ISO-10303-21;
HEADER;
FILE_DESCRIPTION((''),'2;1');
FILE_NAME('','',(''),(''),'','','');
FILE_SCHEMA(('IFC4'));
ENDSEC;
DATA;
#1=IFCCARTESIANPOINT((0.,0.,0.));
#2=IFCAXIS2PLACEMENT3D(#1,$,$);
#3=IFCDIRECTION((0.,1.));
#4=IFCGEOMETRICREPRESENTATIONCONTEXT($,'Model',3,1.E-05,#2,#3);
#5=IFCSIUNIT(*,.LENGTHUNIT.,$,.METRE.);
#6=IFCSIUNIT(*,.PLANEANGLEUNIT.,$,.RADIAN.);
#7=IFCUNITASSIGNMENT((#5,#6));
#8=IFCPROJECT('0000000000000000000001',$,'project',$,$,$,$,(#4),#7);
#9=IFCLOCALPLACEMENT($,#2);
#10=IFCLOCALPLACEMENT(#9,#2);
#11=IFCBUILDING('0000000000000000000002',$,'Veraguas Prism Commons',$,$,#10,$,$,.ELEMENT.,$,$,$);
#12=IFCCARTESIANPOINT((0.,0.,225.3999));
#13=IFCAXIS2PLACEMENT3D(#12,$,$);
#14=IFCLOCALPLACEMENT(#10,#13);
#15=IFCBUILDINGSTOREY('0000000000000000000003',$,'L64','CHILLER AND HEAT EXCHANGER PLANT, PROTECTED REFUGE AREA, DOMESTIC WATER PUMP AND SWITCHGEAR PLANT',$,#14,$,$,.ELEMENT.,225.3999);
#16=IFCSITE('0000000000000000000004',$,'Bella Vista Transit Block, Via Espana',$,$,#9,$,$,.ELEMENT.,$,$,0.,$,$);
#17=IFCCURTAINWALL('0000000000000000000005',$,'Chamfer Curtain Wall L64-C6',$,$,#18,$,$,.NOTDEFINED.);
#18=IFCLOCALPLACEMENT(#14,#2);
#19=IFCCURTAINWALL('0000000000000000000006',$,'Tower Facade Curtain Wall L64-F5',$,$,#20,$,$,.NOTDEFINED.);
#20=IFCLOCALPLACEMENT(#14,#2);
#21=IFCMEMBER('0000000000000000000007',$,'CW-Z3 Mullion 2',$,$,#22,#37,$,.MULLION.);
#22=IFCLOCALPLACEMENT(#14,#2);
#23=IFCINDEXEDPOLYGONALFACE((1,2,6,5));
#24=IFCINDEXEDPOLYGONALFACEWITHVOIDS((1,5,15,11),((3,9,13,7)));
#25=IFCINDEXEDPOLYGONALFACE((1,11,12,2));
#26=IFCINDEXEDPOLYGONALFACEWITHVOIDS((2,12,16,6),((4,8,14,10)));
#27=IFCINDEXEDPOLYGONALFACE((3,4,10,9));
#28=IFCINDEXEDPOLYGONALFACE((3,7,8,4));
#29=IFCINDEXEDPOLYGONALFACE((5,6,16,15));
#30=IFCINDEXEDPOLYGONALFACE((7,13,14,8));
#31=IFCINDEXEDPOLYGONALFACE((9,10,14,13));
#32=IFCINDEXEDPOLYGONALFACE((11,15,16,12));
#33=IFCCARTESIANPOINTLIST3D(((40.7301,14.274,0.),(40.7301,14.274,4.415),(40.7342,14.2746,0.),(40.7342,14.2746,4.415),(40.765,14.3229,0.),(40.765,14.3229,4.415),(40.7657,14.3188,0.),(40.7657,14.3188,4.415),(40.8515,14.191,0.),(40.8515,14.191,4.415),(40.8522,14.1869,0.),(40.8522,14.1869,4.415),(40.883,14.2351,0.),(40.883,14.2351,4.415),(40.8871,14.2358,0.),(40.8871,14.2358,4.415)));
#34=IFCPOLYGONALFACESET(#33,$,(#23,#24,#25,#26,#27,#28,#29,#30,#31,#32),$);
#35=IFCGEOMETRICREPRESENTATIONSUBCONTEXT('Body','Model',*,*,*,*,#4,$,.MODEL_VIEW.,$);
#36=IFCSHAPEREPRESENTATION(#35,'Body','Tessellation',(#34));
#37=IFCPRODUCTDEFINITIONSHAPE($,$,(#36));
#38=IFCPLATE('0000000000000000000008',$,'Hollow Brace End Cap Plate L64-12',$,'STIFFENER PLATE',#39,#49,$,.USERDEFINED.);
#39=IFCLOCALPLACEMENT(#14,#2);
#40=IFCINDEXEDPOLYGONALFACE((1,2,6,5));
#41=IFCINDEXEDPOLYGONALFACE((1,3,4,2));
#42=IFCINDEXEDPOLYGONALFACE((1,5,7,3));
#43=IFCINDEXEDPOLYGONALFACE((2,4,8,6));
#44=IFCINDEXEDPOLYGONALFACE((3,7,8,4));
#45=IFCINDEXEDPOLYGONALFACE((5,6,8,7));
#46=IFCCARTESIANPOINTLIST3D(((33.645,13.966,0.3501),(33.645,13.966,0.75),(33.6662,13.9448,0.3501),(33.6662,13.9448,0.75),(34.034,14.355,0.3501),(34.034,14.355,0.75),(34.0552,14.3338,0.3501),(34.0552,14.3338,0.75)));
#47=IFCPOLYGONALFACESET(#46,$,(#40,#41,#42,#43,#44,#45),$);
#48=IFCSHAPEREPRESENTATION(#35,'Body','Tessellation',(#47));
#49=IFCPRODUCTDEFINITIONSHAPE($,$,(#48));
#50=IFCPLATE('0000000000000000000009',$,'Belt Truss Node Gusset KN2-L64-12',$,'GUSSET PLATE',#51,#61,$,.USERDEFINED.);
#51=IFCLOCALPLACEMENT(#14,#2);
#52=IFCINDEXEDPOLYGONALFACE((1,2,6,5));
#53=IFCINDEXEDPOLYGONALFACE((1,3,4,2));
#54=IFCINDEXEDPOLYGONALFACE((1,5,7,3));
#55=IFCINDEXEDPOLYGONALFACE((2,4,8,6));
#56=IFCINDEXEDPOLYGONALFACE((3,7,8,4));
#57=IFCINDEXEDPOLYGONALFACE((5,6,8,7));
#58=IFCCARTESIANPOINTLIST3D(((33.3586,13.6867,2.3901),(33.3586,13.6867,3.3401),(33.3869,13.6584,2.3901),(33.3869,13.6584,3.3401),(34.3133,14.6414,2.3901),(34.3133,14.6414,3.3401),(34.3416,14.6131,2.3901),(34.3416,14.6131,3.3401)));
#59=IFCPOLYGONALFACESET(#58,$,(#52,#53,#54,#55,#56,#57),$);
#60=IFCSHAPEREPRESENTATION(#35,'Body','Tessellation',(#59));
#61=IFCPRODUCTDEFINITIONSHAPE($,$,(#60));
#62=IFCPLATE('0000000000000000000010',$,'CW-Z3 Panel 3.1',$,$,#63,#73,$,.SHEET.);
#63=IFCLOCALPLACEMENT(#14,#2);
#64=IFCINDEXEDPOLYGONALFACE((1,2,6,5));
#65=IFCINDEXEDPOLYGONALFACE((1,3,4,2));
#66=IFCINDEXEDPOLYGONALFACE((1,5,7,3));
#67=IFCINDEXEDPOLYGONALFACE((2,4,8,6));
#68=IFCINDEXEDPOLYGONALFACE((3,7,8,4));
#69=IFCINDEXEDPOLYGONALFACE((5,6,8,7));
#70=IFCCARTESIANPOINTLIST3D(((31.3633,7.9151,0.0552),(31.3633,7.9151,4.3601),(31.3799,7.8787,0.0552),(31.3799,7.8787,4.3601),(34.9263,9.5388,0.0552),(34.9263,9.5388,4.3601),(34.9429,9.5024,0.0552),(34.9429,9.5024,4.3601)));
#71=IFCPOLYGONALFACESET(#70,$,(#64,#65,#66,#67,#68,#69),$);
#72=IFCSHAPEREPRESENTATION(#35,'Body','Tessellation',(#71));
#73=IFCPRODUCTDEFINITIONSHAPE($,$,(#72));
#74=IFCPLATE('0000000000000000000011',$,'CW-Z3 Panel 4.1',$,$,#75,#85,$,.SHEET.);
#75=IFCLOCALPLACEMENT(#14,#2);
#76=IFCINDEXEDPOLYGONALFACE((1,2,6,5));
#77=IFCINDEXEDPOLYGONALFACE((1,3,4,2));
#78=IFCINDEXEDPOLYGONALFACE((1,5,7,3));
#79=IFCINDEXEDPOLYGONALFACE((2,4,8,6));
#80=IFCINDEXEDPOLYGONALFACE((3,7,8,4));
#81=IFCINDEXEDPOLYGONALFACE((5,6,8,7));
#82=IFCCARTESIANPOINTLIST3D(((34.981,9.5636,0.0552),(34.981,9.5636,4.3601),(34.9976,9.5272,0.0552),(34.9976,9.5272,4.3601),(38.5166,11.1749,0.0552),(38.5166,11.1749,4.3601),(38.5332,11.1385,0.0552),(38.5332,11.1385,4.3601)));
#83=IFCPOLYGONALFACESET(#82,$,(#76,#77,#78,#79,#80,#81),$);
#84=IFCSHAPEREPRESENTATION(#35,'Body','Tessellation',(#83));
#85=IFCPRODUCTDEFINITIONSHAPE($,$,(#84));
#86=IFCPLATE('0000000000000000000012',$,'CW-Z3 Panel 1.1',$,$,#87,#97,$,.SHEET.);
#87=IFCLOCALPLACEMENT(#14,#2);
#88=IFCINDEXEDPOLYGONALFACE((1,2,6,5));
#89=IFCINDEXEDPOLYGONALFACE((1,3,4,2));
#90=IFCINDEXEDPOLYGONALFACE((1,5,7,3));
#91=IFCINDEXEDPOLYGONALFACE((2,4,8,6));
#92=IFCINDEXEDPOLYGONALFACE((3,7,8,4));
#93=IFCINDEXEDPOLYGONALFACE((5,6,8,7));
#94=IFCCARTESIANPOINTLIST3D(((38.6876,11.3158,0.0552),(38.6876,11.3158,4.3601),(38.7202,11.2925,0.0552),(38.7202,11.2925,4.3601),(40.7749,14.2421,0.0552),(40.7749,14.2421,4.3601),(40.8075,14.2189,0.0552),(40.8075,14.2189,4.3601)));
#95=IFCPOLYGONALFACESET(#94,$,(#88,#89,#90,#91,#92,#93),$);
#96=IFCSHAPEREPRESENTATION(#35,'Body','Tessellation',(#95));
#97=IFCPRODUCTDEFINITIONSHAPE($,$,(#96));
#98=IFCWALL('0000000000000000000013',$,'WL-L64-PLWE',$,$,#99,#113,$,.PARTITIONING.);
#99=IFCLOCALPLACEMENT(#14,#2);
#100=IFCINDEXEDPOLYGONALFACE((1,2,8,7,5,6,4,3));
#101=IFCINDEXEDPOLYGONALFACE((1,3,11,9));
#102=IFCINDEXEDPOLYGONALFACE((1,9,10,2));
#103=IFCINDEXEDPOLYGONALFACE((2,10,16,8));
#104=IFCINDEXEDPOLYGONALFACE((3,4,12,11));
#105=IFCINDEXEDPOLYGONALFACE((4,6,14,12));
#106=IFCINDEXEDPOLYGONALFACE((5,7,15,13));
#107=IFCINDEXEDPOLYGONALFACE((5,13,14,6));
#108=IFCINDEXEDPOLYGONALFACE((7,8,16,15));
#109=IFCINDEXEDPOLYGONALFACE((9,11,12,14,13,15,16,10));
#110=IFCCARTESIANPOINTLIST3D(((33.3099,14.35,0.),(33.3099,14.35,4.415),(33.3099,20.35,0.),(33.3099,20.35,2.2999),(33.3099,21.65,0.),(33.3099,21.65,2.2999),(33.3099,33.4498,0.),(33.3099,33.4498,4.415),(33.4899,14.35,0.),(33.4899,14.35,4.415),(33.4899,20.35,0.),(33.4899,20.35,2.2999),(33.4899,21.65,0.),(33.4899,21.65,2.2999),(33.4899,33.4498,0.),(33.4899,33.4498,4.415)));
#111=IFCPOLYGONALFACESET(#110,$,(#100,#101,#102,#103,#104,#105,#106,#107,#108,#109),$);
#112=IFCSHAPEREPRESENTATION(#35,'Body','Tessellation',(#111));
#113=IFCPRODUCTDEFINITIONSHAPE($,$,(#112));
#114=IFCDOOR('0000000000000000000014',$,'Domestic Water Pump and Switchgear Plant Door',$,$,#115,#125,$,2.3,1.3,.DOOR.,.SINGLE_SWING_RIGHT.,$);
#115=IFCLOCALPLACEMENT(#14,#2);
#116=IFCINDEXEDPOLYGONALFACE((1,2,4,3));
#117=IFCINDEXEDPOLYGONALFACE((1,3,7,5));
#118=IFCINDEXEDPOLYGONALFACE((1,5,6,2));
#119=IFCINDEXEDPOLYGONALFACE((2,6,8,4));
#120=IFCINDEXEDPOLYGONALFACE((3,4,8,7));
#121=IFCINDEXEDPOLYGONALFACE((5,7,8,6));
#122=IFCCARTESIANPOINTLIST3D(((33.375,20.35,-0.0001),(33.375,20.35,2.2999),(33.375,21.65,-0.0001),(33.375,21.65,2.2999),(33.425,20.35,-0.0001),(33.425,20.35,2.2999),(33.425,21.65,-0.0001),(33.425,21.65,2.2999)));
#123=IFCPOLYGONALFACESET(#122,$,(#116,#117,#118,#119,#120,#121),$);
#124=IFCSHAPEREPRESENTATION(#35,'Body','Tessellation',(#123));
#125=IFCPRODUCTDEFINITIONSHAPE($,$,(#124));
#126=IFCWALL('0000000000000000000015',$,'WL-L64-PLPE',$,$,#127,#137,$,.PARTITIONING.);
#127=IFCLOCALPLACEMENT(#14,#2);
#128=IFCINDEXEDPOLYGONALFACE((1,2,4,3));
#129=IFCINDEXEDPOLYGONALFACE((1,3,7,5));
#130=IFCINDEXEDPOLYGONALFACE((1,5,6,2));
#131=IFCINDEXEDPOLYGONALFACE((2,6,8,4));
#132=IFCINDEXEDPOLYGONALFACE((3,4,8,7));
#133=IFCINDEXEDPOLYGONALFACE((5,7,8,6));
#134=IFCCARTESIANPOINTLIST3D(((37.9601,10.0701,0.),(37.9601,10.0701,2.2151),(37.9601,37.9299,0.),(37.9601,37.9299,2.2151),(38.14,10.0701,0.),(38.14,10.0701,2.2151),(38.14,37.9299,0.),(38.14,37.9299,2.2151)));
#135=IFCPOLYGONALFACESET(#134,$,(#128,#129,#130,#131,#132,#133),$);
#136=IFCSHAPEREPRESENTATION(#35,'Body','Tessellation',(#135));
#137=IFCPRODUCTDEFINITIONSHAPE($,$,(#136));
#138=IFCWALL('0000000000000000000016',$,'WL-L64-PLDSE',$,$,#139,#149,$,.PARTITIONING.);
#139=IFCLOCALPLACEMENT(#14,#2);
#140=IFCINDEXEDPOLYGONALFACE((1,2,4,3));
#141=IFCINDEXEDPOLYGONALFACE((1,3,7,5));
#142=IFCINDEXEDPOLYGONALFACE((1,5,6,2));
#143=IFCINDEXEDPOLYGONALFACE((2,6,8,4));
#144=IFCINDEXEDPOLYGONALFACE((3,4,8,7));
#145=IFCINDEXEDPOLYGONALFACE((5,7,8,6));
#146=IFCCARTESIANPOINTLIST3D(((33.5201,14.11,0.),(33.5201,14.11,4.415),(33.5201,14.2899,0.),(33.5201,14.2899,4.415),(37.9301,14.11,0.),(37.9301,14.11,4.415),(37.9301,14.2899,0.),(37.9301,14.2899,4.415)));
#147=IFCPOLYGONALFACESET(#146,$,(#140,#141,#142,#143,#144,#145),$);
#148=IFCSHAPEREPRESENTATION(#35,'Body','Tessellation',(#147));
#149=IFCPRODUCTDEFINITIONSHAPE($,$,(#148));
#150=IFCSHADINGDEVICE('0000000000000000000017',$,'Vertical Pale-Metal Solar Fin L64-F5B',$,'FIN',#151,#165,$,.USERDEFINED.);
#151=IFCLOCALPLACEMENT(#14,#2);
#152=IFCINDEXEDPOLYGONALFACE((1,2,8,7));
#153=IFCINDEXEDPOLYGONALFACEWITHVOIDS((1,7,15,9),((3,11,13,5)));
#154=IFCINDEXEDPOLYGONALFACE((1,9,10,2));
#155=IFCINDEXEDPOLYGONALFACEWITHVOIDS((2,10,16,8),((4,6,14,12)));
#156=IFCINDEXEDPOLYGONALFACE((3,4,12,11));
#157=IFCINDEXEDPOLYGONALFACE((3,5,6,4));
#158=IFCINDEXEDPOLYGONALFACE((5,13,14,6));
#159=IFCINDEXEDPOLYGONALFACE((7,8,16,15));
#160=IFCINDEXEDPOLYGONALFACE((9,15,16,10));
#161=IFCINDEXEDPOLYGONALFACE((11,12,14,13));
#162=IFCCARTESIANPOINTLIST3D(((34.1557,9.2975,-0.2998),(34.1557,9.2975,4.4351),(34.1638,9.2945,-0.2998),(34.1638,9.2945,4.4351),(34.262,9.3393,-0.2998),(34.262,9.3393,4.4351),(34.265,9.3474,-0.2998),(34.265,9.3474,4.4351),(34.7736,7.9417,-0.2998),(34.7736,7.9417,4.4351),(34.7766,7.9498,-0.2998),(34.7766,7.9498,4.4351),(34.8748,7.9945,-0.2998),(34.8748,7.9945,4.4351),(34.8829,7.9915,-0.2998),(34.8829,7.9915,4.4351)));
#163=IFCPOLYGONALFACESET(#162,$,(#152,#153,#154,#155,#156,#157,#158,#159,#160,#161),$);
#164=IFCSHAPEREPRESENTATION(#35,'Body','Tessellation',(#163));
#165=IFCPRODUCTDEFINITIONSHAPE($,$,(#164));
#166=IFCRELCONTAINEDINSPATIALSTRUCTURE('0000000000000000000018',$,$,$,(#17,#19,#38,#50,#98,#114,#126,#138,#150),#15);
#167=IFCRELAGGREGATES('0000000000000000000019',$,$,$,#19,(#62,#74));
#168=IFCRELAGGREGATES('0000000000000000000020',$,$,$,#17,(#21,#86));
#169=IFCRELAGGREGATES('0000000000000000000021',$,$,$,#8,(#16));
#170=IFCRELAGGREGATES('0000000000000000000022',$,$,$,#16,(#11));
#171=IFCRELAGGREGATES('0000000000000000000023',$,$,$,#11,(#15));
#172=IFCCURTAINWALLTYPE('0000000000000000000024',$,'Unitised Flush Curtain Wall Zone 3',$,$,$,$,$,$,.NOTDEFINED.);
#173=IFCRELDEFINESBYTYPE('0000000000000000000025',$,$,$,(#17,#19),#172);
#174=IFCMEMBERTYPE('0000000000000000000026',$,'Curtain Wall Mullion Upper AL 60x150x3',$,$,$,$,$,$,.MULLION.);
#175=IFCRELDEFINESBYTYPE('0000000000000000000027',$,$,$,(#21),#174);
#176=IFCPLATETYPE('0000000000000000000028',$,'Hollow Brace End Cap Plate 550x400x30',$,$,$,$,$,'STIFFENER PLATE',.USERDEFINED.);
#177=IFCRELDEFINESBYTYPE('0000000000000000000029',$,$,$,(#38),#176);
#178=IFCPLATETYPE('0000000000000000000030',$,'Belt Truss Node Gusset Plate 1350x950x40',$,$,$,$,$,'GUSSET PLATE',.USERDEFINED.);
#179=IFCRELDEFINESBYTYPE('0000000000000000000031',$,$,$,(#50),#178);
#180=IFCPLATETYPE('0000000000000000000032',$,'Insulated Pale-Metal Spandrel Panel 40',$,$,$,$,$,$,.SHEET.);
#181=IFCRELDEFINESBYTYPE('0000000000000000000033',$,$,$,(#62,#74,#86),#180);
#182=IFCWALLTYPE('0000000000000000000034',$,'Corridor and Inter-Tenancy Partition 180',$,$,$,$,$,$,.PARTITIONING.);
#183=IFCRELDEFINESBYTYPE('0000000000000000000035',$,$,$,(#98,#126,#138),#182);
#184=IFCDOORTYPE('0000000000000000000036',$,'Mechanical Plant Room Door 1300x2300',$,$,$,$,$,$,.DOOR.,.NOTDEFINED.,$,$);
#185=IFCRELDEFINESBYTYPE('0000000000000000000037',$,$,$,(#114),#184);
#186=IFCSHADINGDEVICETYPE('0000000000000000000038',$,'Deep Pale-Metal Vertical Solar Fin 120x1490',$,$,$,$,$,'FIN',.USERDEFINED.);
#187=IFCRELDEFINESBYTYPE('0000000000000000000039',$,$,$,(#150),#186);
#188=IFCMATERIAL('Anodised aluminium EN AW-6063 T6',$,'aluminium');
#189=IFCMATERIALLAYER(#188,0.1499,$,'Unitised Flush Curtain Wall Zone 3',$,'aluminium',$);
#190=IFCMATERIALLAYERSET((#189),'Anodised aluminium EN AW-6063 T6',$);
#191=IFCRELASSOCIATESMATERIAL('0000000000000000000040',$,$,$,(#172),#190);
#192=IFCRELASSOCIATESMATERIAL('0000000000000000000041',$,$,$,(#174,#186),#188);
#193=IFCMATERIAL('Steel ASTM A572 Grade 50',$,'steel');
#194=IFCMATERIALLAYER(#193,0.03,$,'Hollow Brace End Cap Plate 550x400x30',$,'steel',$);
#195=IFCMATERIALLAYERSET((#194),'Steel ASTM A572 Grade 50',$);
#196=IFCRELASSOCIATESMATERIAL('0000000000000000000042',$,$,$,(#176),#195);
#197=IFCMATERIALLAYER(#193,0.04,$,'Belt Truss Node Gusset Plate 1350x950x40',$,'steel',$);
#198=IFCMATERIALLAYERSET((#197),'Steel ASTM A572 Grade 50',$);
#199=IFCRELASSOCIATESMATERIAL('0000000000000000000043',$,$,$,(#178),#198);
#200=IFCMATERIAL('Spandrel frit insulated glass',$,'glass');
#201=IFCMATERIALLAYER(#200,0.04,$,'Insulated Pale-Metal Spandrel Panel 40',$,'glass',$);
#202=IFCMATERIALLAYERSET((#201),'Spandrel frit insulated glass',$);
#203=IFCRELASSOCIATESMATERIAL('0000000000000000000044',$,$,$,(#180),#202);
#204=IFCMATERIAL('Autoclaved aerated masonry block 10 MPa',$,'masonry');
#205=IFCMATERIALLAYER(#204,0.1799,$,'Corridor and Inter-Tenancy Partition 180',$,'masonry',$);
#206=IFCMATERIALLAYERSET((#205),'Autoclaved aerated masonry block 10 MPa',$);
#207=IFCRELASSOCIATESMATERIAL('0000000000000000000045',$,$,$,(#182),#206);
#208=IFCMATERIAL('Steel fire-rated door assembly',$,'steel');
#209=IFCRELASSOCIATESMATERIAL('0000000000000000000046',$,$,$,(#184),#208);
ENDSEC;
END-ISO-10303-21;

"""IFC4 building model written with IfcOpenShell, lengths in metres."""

from ifc_helpers import new_model, si_unit, direction, frame, frame_2d, origin, origin_2d, place, context, subcontext, project, spatial, rectangle, hollow_rectangle, extrude, source, transform, mapped, material, layer, layer_set, material_profile, profile_set, type_object, element, fill, aggregate, save


model = new_model("IFC4")

# Units and contexts
model_context = context("Model", 3, precision=1e-05, world=origin(), true_north=direction((0.0, 1.0)))
body_context = subcontext(model_context, "Body", "Model", "MODEL_VIEW")
ifc_project = project(units=[si_unit("LENGTHUNIT", "METRE"), si_unit("PLANEANGLEUNIT", "RADIAN")], contexts=[model_context])

# Site, building, storey
site_placement = place(None, origin())
site = spatial("IfcSite", under=ifc_project, at=site_placement, Name="Bella Vista Transit Block, Via Espana", CompositionType="ELEMENT", RefElevation=0.0)
building_placement = place(site_placement, origin())
building = spatial("IfcBuilding", under=site, at=building_placement, Name="Veraguas Prism Commons", CompositionType="ELEMENT")
storey_placement = place(building_placement, frame((0.0, 0.0, 225.3999)))
storey = spatial("IfcBuildingStorey", under=building, at=storey_placement, Name="L64", Description="CHILLER AND HEAT EXCHANGER PLANT, PROTECTED REFUGE AREA, DOMESTIC WATER PUMP AND SWITCHGEAR PLANT", CompositionType="ELEMENT", Elevation=225.3999)

# Curtain walls
ifc_material_1 = material(Name="Anodised aluminium EN AW-6063 T6", Category="aluminium")
ifc_layer_1 = layer(ifc_material_1, 0.1499, Name="Unitised Flush Curtain Wall Zone 3", Category="aluminium")
ifc_layer_set_1 = layer_set([ifc_layer_1], Name="Anodised aluminium EN AW-6063 T6")
curtain_wall_type = type_object("IfcCurtainWallType", Name="Unitised Flush Curtain Wall Zone 3", PredefinedType="NOTDEFINED", material=ifc_layer_set_1)
curtain_wall_1_placement = place(storey_placement, origin())
curtain_wall_1 = element("IfcCurtainWall", 1, at=curtain_wall_1_placement, inside=storey, type_object=curtain_wall_type, Name="Chamfer Curtain Wall L64-C6", PredefinedType="NOTDEFINED")
curtain_wall_2_placement = place(storey_placement, origin())
curtain_wall_2 = element("IfcCurtainWall", 2, at=curtain_wall_2_placement, inside=storey, type_object=curtain_wall_type, Name="Tower Facade Curtain Wall L64-F5", PredefinedType="NOTDEFINED")
ifc_material_profile_1 = material_profile(ifc_material_1, hollow_rectangle(XDim=0.0601, YDim=0.1499, WallThickness=0.0029, at=origin_2d()), Name="AL60X150X3")
ifc_profile_set_1 = profile_set([ifc_material_profile_1], Name="Anodised aluminium EN AW-6063 T6")
member_type_1 = type_object("IfcMemberType", Name="Curtain Wall Mullion Upper AL 60x150x3", PredefinedType="MULLION", material=ifc_profile_set_1)
shared_shape_1 = source(origin(), body_context, "Body", "SweptSolid", [
    extrude(hollow_rectangle(XDim=0.0601, YDim=0.1499, WallThickness=0.0029, at=origin_2d()), origin(), (0.0, 0.0, 1.0), 4.415),
])

# Member
member_1_placement = place(storey_placement, frame((40.8086, 14.2549, 0.0), z_axis=(0.0, 0.0, 1.0), x_axis=(0.580703, 0.814116, 0.0)))
member_1 = element("IfcMember", 3, at=member_1_placement, type_object=member_type_1, Name="CW-Z3 Mullion 2", PredefinedType="MULLION", context=body_context, shape_type="MappedRepresentation", body=[
    mapped(shared_shape_1, transform((0.0, 0.0, 0.0), scale=1.0)),
])

# Plates
ifc_material_2 = material(Name="Steel ASTM A572 Grade 50", Category="steel")
ifc_layer_2 = layer(ifc_material_2, 0.03, Name="Hollow Brace End Cap Plate 550x400x30", Category="steel")
ifc_layer_set_2 = layer_set([ifc_layer_2], Name="Steel ASTM A572 Grade 50")
plate_type_1 = type_object("IfcPlateType", Name="Hollow Brace End Cap Plate 550x400x30", ElementType="STIFFENER PLATE", PredefinedType="USERDEFINED", material=ifc_layer_set_2)
shared_shape_2 = source(origin(), body_context, "Body", "SweptSolid", [
    extrude(rectangle(XDim=0.55, YDim=0.03, at=origin_2d()), origin(), (0.0, 0.0, 1.0), 0.3999),
])
plate_1_placement = place(storey_placement, frame((33.8501, 14.1499, 0.3501), z_axis=(0.0, 0.0, 1.0), x_axis=(0.707107, 0.707107, 0.0)))
element("IfcPlate", 4, at=plate_1_placement, inside=storey, type_object=plate_type_1, Name="Hollow Brace End Cap Plate L64-12", ObjectType="STIFFENER PLATE", PredefinedType="USERDEFINED", context=body_context, shape_type="MappedRepresentation", body=[
    mapped(shared_shape_2, transform((0.0, 0.0, 0.0), scale=1.0)),
])
ifc_layer_3 = layer(ifc_material_2, 0.04, Name="Belt Truss Node Gusset Plate 1350x950x40", Category="steel")
ifc_layer_set_3 = layer_set([ifc_layer_3], Name="Steel ASTM A572 Grade 50")
plate_type_2 = type_object("IfcPlateType", Name="Belt Truss Node Gusset Plate 1350x950x40", ElementType="GUSSET PLATE", PredefinedType="USERDEFINED", material=ifc_layer_set_3)
shared_shape_3 = source(origin(), body_context, "Body", "SweptSolid", [
    extrude(rectangle(XDim=1.3501, YDim=0.04, at=origin_2d()), origin(), (0.0, 0.0, 1.0), 0.95),
])
plate_2_placement = place(storey_placement, frame((33.8501, 14.1499, 2.3901), z_axis=(0.0, 0.0, 1.0), x_axis=(0.707107, 0.707107, 0.0)))
element("IfcPlate", 5, at=plate_2_placement, inside=storey, type_object=plate_type_2, Name="Belt Truss Node Gusset KN2-L64-12", ObjectType="GUSSET PLATE", PredefinedType="USERDEFINED", context=body_context, shape_type="MappedRepresentation", body=[
    mapped(shared_shape_3, transform((0.0, 0.0, 0.0), scale=1.0)),
])

# Plates
ifc_material_3 = material(Name="Spandrel frit insulated glass", Category="glass")
ifc_layer_4 = layer(ifc_material_3, 0.04, Name="Insulated Pale-Metal Spandrel Panel 40", Category="glass")
ifc_layer_set_4 = layer_set([ifc_layer_4], Name="Spandrel frit insulated glass")
plate_type_3 = type_object("IfcPlateType", Name="Insulated Pale-Metal Spandrel Panel 40", PredefinedType="SHEET", material=ifc_layer_set_4)
shared_shape_4 = source(origin(), body_context, "Body", "SweptSolid", [
    extrude(rectangle(XDim=3.9155, YDim=0.04, at=origin_2d()), origin(), (0.0, 0.0, 1.0), 4.3049),
])
plate_3_placement = place(storey_placement, frame((33.1531, 8.7087, 0.0552), z_axis=(0.0, 0.0, 1.0), x_axis=(0.909962, 0.414692, 0.0)))
plate_3 = element("IfcPlate", 6, at=plate_3_placement, type_object=plate_type_3, Name="CW-Z3 Panel 3.1", PredefinedType="SHEET", context=body_context, shape_type="MappedRepresentation", body=[
    mapped(shared_shape_4, transform((0.0, 0.0, 0.0), scale=1.0)),
])
shared_shape_5 = source(origin(), body_context, "Body", "SweptSolid", [
    extrude(rectangle(XDim=3.8855, YDim=0.04, at=origin_2d()), origin(), (0.0, 0.0, 1.0), 4.3049),
])
plate_4_placement = place(storey_placement, frame((36.7571, 10.3511, 0.0552), z_axis=(0.0, 0.0, 1.0), x_axis=(0.909962, 0.414692, 0.0)))
plate_4 = element("IfcPlate", 7, at=plate_4_placement, type_object=plate_type_3, Name="CW-Z3 Panel 4.1", PredefinedType="SHEET", context=body_context, shape_type="MappedRepresentation", body=[
    mapped(shared_shape_5, transform((0.0, 0.0, 0.0), scale=1.0)),
])
aggregate(curtain_wall_2, [plate_3, plate_4])
shared_shape_6 = source(origin(), body_context, "Body", "SweptSolid", [
    extrude(rectangle(XDim=3.5945, YDim=0.04, at=origin_2d()), origin(), (0.0, 0.0, 1.0), 4.3049),
])
plate_5_placement = place(storey_placement, frame((39.7476, 12.7673, 0.0552), z_axis=(0.0, 0.0, 1.0), x_axis=(0.580703, 0.814116, 0.0)))
plate_5 = element("IfcPlate", 8, at=plate_5_placement, type_object=plate_type_3, Name="CW-Z3 Panel 1.1", PredefinedType="SHEET", context=body_context, shape_type="MappedRepresentation", body=[
    mapped(shared_shape_6, transform((0.0, 0.0, 0.0), scale=1.0)),
])
aggregate(curtain_wall_1, [member_1, plate_5])

# Wall, opening, door
ifc_material_4 = material(Name="Autoclaved aerated masonry block 10 MPa", Category="masonry")
ifc_layer_5 = layer(ifc_material_4, 0.1799, Name="Corridor and Inter-Tenancy Partition 180", Category="masonry")
ifc_layer_set_5 = layer_set([ifc_layer_5], Name="Autoclaved aerated masonry block 10 MPa")
wall_type = type_object("IfcWallType", Name="Corridor and Inter-Tenancy Partition 180", PredefinedType="PARTITIONING", material=ifc_layer_set_5)
wall_1_placement = place(storey_placement, frame((33.3999, 14.3501, 0.0), z_axis=(0.0, 0.0, 1.0), x_axis=(0.0, 1.0, 0.0)))
wall_1 = element("IfcWall", 9, at=wall_1_placement, inside=storey, type_object=wall_type, Name="WL-L64-PLWE", PredefinedType="PARTITIONING", context=body_context, shape_type="SweptSolid", body=[
    extrude(rectangle(XDim=19.0999, YDim=0.1799, at=frame_2d((9.5498, 0.0))), origin(), (0.0, 0.0, 1.0), 4.415),
])
opening_placement = place(wall_1_placement, frame((6.0, 0.0, 0.0)))
opening = element("IfcOpeningElement", 10, at=opening_placement, cuts=wall_1, PredefinedType="OPENING", context=body_context, shape_type="SweptSolid", body=[
    extrude(rectangle(XDim=1.3, YDim=2.3, at=frame_2d((0.6499, 1.1499))), frame((0.0, 0.0999, 0.0), z_axis=(0.0, -1.0, 0.0), x_axis=(1.0, 0.0, 0.0)), (0.0, 0.0, 1.0), 0.2),
])
ifc_material_5 = material(Name="Steel fire-rated door assembly", Category="steel")
door_type = type_object("IfcDoorType", Name="Mechanical Plant Room Door 1300x2300", OperationType="NOTDEFINED", PredefinedType="DOOR", material=ifc_material_5)
shared_shape_7 = source(origin(), body_context, "Body", "SweptSolid", [
    extrude(rectangle(XDim=1.3, YDim=2.3, at=frame_2d((0.6499, 1.1499))), frame((0.0, 0.0249, 0.0), z_axis=(0.0, -1.0, 0.0), x_axis=(1.0, 0.0, 0.0)), (0.0, 0.0, 1.0), 0.05),
])
door_placement = place(opening_placement, origin())
door = element("IfcDoor", 11, at=door_placement, inside=storey, type_object=door_type, Name="Domestic Water Pump and Switchgear Plant Door", OperationType="SINGLE_SWING_RIGHT", OverallHeight=2.3, OverallWidth=1.3, PredefinedType="DOOR", context=body_context, shape_type="MappedRepresentation", body=[
    mapped(shared_shape_7, transform((0.0, 0.0, 0.0), scale=1.0)),
])
fill(opening, door)

# Walls
wall_2_placement = place(storey_placement, frame((38.05, 10.0701, 0.0), z_axis=(0.0, 0.0, 1.0), x_axis=(0.0, 1.0, 0.0)))
element("IfcWall", 12, at=wall_2_placement, inside=storey, type_object=wall_type, Name="WL-L64-PLPE", PredefinedType="PARTITIONING", context=body_context, shape_type="SweptSolid", body=[
    extrude(rectangle(XDim=27.8599, YDim=0.1799, at=frame_2d((13.9299, 0.0))), origin(), (0.0, 0.0, 1.0), 2.2151),
])
wall_3_placement = place(storey_placement, frame((33.52, 14.2, 0.0), z_axis=(0.0, 0.0, 1.0), x_axis=(1.0, 0.0, 0.0)))
element("IfcWall", 13, at=wall_3_placement, inside=storey, type_object=wall_type, Name="WL-L64-PLDSE", PredefinedType="PARTITIONING", context=body_context, shape_type="SweptSolid", body=[
    extrude(rectangle(XDim=4.4099, YDim=0.1799, at=frame_2d((2.2051, 0.0))), origin(), (0.0, 0.0, 1.0), 4.415),
])

# Shading device
ifc_material_profile_2 = material_profile(ifc_material_1, hollow_rectangle(XDim=0.1201, YDim=1.49, WallThickness=0.0061, at=origin_2d()), Name="FIN120X1490X6")
ifc_profile_set_2 = profile_set([ifc_material_profile_2], Name="Anodised aluminium EN AW-6063 T6")
shading_device_type = type_object("IfcShadingDeviceType", Name="Deep Pale-Metal Vertical Solar Fin 120x1490", ElementType="FIN", PredefinedType="USERDEFINED", material=ifc_profile_set_2)
shading_device_placement = place(storey_placement, frame((34.5193, 8.6445, -0.2998), z_axis=(0.0, 0.0, 1.0), x_axis=(0.909961, 0.414693, 0.0)))
element("IfcShadingDevice", 14, at=shading_device_placement, inside=storey, type_object=shading_device_type, Name="Vertical Pale-Metal Solar Fin L64-F5B", ObjectType="FIN", PredefinedType="USERDEFINED", context=body_context, shape_type="SweptSolid", body=[
    extrude(hollow_rectangle(XDim=0.1201, YDim=1.49, WallThickness=0.0061, at=origin_2d()), origin(), (0.0, 0.0, 1.0), 4.7349),
])

save(model, "model.ifc")
